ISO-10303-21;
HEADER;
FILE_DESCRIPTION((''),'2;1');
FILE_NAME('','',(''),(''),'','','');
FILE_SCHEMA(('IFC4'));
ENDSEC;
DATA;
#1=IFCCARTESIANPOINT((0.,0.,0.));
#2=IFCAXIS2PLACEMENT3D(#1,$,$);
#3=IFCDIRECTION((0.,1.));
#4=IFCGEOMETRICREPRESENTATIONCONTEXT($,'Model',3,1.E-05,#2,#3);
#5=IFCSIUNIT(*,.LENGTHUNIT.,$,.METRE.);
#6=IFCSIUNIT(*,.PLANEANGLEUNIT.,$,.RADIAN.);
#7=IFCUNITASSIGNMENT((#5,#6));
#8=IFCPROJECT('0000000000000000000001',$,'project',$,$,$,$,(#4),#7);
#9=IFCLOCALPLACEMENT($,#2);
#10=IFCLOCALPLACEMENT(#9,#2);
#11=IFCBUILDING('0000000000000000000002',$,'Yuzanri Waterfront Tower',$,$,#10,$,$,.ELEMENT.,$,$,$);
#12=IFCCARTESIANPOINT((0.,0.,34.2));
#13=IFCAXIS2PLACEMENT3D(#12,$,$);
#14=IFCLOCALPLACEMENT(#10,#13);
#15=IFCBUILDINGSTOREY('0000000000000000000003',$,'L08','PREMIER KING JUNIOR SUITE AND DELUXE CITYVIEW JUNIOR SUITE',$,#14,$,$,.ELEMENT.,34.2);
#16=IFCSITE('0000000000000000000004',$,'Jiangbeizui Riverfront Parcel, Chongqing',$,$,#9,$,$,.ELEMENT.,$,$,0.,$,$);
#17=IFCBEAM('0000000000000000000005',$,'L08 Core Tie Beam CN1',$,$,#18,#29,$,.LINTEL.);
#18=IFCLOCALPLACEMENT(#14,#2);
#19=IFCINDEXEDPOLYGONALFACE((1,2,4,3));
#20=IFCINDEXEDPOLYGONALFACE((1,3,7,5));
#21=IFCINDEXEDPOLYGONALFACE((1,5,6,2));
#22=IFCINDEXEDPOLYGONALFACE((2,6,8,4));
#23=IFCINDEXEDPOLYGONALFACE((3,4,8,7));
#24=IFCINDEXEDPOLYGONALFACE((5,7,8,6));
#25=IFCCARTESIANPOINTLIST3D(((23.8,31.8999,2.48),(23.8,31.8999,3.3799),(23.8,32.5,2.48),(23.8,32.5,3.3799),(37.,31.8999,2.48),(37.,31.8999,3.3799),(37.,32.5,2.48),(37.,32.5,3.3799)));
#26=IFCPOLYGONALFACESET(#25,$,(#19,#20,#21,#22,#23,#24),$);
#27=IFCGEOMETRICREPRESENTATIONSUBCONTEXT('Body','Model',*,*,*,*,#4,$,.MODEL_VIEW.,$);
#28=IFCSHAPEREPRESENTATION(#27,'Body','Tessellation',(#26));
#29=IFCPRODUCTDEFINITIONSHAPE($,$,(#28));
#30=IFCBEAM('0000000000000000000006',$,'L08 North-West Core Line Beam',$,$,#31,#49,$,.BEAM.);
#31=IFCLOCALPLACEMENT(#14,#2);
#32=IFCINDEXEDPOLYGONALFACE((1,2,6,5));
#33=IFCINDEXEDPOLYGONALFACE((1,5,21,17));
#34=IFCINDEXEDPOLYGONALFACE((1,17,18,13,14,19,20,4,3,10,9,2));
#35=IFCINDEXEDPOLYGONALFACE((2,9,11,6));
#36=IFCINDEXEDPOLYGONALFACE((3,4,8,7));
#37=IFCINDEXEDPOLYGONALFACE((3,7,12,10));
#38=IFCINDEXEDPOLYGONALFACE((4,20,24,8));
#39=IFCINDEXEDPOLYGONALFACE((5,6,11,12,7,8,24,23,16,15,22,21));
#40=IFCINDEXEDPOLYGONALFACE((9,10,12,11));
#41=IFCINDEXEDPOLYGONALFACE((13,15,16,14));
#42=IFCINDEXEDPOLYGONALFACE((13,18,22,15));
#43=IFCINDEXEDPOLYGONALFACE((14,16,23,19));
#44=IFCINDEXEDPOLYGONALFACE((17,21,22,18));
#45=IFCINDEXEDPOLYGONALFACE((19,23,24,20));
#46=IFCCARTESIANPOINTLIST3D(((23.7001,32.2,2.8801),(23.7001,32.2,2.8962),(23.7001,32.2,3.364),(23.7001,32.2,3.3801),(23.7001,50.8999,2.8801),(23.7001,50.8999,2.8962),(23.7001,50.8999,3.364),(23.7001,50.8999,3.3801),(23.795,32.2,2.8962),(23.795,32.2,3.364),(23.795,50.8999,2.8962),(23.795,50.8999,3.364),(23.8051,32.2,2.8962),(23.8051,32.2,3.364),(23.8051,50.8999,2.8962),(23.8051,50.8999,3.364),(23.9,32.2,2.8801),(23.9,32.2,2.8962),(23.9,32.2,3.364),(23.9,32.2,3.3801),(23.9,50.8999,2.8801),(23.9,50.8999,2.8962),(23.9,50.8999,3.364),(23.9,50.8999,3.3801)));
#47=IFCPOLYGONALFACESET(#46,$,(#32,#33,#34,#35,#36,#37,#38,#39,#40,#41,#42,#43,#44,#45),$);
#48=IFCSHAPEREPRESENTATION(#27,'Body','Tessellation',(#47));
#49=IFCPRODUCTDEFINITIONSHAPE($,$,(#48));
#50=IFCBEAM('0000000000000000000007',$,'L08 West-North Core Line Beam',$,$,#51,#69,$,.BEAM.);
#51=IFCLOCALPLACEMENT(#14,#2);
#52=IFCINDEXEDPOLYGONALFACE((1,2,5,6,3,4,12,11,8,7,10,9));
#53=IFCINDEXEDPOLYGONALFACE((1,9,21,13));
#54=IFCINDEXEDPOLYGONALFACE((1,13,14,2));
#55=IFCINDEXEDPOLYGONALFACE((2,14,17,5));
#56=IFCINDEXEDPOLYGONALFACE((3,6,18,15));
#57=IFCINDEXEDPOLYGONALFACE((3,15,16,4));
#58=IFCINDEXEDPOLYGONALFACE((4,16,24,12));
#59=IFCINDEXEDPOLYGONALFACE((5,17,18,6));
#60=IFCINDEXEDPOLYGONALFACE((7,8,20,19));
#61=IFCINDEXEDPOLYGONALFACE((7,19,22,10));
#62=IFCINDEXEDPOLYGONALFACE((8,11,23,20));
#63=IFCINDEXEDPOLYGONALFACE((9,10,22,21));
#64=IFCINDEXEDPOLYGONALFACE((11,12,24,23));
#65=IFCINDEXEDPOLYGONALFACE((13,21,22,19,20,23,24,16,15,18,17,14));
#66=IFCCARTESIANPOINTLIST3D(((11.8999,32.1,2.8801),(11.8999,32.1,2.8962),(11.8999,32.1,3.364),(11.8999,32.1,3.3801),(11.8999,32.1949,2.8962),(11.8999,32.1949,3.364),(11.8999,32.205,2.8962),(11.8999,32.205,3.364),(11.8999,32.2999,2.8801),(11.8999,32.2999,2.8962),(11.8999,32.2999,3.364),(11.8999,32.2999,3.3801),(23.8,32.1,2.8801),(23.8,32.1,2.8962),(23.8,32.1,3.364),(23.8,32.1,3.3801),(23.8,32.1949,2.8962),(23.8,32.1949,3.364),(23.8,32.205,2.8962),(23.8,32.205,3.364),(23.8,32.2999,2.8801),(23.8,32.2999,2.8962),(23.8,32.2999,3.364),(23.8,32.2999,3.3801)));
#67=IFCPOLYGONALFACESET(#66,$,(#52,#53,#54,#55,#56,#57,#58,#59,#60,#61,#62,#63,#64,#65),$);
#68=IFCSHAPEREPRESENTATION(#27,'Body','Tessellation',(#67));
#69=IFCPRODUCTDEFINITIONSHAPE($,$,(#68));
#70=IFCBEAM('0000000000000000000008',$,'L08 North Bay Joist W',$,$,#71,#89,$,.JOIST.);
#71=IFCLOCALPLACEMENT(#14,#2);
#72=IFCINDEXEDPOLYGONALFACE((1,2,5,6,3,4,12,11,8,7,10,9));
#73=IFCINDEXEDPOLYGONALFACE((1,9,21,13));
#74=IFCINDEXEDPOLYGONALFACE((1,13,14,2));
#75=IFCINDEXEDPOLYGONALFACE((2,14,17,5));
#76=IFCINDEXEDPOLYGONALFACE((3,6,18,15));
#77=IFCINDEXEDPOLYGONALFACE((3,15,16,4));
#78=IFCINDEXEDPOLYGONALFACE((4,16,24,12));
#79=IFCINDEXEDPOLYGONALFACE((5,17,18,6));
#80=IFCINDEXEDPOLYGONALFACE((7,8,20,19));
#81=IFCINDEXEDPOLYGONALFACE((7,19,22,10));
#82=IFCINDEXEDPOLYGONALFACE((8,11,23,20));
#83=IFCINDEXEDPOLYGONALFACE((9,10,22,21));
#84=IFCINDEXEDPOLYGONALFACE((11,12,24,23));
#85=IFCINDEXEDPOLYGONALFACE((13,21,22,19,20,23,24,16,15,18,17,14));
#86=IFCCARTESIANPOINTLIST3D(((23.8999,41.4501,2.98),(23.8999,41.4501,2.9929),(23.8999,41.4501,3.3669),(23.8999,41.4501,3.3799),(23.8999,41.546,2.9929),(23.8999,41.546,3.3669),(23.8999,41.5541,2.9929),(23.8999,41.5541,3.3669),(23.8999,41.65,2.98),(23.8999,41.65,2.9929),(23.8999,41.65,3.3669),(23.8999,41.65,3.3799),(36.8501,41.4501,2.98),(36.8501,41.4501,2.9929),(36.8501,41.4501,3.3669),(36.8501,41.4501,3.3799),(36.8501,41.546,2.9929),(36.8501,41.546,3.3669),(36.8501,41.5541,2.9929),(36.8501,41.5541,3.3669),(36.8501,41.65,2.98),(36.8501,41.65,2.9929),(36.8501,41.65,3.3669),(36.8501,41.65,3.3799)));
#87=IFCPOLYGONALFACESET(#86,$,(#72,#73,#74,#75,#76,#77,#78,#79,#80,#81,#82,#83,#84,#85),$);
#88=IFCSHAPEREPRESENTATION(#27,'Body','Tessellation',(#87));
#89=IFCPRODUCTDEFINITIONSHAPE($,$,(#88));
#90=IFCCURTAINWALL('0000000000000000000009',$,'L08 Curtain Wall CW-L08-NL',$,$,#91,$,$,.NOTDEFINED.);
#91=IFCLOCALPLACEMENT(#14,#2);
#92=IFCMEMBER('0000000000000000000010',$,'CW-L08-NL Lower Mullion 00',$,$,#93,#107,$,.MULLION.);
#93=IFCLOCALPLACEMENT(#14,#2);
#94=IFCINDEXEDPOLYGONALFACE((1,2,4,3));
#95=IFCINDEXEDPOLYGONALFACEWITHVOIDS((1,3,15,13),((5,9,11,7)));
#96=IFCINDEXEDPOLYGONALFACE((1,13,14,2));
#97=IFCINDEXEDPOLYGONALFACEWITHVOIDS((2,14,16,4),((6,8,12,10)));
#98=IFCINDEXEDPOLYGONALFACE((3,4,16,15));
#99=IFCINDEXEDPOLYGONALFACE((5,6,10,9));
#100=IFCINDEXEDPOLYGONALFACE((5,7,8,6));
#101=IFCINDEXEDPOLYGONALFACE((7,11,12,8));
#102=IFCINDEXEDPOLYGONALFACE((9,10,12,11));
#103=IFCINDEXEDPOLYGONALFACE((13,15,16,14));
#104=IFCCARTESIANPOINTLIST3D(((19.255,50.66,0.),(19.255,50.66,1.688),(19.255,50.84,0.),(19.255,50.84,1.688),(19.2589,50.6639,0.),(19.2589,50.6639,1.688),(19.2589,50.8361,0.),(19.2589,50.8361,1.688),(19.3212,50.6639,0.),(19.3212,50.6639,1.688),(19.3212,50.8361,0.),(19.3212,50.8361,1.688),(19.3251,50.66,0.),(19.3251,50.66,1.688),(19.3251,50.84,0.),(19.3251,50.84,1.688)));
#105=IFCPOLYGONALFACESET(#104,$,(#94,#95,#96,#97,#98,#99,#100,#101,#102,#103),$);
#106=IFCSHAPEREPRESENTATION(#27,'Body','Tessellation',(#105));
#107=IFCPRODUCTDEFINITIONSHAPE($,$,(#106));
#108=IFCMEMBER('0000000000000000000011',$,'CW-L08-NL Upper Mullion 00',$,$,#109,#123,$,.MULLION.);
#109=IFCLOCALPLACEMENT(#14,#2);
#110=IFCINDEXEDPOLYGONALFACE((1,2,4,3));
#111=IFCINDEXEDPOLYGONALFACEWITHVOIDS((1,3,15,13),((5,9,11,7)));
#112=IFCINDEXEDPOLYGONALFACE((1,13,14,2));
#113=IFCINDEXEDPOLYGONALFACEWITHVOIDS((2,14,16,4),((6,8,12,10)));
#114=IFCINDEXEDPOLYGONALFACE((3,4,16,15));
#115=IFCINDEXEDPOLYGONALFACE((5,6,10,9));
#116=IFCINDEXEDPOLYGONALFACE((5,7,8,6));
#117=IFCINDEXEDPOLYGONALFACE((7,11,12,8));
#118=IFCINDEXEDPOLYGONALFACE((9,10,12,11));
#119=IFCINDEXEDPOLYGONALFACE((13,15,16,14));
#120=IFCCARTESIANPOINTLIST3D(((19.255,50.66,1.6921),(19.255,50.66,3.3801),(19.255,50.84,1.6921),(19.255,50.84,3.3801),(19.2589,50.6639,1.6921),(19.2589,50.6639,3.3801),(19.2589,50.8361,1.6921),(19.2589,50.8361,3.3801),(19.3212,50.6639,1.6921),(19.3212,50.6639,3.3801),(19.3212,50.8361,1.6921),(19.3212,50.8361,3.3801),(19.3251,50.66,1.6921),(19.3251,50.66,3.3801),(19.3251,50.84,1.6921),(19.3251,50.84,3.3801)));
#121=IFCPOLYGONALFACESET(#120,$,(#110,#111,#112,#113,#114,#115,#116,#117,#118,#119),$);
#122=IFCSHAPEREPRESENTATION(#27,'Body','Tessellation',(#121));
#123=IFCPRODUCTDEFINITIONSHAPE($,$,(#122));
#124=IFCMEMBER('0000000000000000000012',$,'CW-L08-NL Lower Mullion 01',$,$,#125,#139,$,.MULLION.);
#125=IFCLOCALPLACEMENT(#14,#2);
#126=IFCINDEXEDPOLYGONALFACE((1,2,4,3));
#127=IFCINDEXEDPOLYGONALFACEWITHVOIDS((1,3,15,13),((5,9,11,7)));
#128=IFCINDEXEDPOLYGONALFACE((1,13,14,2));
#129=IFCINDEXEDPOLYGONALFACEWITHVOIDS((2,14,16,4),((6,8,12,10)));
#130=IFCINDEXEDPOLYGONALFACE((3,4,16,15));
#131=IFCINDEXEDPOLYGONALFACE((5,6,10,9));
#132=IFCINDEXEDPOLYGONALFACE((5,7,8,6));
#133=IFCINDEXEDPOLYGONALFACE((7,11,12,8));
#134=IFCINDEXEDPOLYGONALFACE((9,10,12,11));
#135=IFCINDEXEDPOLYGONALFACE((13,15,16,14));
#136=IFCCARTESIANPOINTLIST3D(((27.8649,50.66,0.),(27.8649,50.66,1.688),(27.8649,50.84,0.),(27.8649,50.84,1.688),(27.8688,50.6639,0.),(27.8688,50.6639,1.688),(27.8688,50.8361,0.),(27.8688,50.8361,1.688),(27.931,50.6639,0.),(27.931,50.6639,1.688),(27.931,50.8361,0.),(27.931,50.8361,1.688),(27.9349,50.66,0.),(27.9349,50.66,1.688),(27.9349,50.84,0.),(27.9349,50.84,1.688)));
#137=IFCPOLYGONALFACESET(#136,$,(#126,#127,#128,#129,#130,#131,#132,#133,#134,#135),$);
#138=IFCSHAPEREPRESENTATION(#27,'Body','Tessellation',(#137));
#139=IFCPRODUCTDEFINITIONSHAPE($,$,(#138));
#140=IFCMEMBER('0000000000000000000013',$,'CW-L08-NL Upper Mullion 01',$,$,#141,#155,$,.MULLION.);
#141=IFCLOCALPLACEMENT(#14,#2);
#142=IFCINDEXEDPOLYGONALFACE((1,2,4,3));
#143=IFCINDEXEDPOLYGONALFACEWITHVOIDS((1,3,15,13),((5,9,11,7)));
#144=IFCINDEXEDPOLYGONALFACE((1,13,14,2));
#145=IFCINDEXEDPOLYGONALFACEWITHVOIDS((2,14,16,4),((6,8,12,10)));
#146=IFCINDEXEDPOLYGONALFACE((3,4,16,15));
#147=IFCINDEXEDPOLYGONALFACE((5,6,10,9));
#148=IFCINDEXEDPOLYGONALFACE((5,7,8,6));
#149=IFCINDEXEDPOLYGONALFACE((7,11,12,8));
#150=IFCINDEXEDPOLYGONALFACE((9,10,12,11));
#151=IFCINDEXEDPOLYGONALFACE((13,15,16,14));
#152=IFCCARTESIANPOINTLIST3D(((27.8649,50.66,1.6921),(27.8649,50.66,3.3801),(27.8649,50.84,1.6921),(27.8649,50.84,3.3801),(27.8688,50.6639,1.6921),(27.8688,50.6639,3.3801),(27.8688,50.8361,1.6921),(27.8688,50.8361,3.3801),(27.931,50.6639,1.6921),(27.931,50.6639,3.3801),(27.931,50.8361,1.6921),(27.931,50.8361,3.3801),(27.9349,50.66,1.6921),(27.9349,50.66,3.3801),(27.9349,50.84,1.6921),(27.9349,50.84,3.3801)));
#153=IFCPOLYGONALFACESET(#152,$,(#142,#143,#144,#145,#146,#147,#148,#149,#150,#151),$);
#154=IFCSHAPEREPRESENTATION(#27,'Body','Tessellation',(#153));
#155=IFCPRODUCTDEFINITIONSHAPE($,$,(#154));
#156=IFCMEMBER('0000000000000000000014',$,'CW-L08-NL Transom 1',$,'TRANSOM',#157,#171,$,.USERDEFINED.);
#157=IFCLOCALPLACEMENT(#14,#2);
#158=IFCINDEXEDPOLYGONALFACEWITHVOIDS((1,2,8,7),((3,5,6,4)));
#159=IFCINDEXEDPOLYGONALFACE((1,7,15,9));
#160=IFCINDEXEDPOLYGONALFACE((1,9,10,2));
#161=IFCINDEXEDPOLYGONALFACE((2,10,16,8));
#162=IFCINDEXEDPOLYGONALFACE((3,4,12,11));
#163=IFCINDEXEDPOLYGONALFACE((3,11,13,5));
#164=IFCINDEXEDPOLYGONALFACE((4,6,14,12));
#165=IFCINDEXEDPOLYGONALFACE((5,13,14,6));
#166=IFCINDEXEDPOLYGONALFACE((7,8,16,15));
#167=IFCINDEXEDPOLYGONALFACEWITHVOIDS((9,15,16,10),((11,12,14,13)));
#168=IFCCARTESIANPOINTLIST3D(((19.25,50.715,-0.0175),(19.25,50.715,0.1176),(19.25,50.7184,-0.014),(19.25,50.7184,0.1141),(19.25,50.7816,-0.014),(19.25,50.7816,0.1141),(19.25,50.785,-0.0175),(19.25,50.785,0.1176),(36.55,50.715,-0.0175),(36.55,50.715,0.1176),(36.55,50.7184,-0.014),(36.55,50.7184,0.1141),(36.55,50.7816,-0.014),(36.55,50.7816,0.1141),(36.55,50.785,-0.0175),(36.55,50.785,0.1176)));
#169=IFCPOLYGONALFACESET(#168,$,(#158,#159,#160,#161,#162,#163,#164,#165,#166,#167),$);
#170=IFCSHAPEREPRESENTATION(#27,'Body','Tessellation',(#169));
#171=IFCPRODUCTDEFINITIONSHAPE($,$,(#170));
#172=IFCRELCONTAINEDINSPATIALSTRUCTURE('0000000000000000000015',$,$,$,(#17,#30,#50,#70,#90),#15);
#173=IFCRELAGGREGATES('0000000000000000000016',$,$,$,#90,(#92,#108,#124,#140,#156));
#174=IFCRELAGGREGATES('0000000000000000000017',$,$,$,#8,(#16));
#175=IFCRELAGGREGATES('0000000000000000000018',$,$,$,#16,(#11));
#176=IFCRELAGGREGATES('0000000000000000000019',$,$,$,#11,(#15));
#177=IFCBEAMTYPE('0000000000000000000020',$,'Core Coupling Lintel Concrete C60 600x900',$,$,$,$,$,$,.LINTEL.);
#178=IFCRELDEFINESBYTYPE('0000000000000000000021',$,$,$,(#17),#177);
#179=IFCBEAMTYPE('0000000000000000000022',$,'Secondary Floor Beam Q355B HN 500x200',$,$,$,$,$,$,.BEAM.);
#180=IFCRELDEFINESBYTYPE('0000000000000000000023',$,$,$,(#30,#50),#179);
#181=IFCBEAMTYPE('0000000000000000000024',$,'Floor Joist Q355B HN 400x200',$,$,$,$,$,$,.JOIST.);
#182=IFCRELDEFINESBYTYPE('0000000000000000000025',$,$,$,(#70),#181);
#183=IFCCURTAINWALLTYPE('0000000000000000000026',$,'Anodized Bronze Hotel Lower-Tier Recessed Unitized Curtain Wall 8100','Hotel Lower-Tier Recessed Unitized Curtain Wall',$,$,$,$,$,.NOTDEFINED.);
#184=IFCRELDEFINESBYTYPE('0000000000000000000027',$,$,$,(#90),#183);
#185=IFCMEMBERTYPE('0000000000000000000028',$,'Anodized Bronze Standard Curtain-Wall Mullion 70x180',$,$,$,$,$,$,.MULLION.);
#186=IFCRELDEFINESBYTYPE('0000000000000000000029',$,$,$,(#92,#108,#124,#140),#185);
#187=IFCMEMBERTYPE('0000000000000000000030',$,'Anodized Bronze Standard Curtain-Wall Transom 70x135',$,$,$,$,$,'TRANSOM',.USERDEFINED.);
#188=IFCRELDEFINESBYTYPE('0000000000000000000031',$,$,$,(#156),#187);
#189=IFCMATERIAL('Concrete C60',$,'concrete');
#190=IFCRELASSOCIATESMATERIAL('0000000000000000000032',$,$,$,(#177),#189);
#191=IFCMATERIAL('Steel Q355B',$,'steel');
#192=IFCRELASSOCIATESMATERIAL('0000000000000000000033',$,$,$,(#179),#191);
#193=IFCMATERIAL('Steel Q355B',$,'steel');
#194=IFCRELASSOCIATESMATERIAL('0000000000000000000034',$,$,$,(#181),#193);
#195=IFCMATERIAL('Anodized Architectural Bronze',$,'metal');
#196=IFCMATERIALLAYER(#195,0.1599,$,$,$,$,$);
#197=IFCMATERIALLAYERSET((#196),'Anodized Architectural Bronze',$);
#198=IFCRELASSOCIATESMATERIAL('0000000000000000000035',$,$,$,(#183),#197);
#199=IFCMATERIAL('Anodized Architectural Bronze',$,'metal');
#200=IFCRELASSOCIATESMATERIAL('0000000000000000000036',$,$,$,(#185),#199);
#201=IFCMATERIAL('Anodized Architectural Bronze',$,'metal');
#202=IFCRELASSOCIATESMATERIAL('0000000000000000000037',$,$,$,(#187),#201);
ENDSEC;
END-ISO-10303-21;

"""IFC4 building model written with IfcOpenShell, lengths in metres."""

from ifc_helpers import new_model, si_unit, direction, frame, origin, origin_2d, place, context, subcontext, project, spatial, rectangle, hollow_rectangle, i_section, extrude, source, transform, mapped, material, layer, layer_set, material_profile, profile_set, type_object, element, aggregate, save


model = new_model("IFC4")

# Units and contexts
model_context = context("Model", 3, precision=1e-05, world=origin(), true_north=direction((0.0, 1.0)))
body_context = subcontext(model_context, "Body", "Model", "MODEL_VIEW")
ifc_project = project(units=[si_unit("LENGTHUNIT", "METRE"), si_unit("PLANEANGLEUNIT", "RADIAN")], contexts=[model_context])

# Site, building, storey
site_placement = place(None, origin())
site = spatial("IfcSite", under=ifc_project, at=site_placement, Name="Jiangbeizui Riverfront Parcel, Chongqing", CompositionType="ELEMENT", RefElevation=0.0)
building_placement = place(site_placement, origin())
building = spatial("IfcBuilding", under=site, at=building_placement, Name="Yuzanri Waterfront Tower", CompositionType="ELEMENT")
storey_placement = place(building_placement, frame((0.0, 0.0, 34.2)))
storey = spatial("IfcBuildingStorey", under=building, at=storey_placement, Name="L08", Description="PREMIER KING JUNIOR SUITE AND DELUXE CITYVIEW JUNIOR SUITE", CompositionType="ELEMENT", Elevation=34.2)

# Beams
ifc_material_1 = material(Name="Concrete C60", Category="concrete")
ifc_material_profile_1 = material_profile(ifc_material_1, rectangle(XDim=0.6001, YDim=0.8999, at=origin_2d()), Name="RC 600x900")
ifc_profile_set_1 = profile_set([ifc_material_profile_1], Name="Concrete C60")
beam_type_1 = type_object("IfcBeamType", Name="Core Coupling Lintel Concrete C60 600x900", PredefinedType="LINTEL", material=ifc_profile_set_1)
shared_shape_1 = source(origin(), body_context, "Body", "SweptSolid", [
    extrude(rectangle(XDim=0.6001, YDim=0.8999, at=origin_2d()), origin(), (0.0, 0.0, 1.0), 13.2),
])
beam_1_placement = place(storey_placement, frame((23.8, 32.2, 2.9299), z_axis=(1.0, 0.0, 0.0), x_axis=(0.0, 1.0, 0.0)))
element("IfcBeam", 1, at=beam_1_placement, inside=storey, type_object=beam_type_1, Name="L08 Core Tie Beam CN1", PredefinedType="LINTEL", context=body_context, shape_type="MappedRepresentation", body=[
    mapped(shared_shape_1, transform((0.0, 0.0, 0.0), scale=1.0)),
])
ifc_material_2 = material(Name="Steel Q355B", Category="steel")
ifc_material_profile_2 = material_profile(ifc_material_2, i_section(OverallWidth=0.2, OverallDepth=0.5, WebThickness=0.01, FlangeThickness=0.0161, at=origin_2d()), Name="HN 500x200x10x16")
ifc_profile_set_2 = profile_set([ifc_material_profile_2], Name="Steel Q355B")
beam_type_2 = type_object("IfcBeamType", Name="Secondary Floor Beam Q355B HN 500x200", PredefinedType="BEAM", material=ifc_profile_set_2)
shared_shape_2 = source(origin(), body_context, "Body", "SweptSolid", [
    extrude(i_section(OverallWidth=0.2, OverallDepth=0.5, WebThickness=0.01, FlangeThickness=0.0161, at=origin_2d()), origin(), (0.0, 0.0, 1.0), 18.7),
])
beam_2_placement = place(storey_placement, frame((23.8, 32.2, 3.1301), z_axis=(0.0, 1.0, 0.0), x_axis=(-1.0, 0.0, 0.0)))
element("IfcBeam", 2, at=beam_2_placement, inside=storey, type_object=beam_type_2, Name="L08 North-West Core Line Beam", PredefinedType="BEAM", context=body_context, shape_type="MappedRepresentation", body=[
    mapped(shared_shape_2, transform((0.0, 0.0, 0.0), scale=1.0)),
])
shared_shape_3 = source(origin(), body_context, "Body", "SweptSolid", [
    extrude(i_section(OverallWidth=0.2, OverallDepth=0.5, WebThickness=0.01, FlangeThickness=0.0161, at=origin_2d()), origin(), (0.0, 0.0, 1.0), 11.9001),
])
beam_3_placement = place(storey_placement, frame((23.8, 32.2, 3.1301), z_axis=(-1.0, 0.0, 0.0), x_axis=(0.0, -1.0, 0.0)))
element("IfcBeam", 3, at=beam_3_placement, inside=storey, type_object=beam_type_2, Name="L08 West-North Core Line Beam", PredefinedType="BEAM", context=body_context, shape_type="MappedRepresentation", body=[
    mapped(shared_shape_3, transform((0.0, 0.0, 0.0), scale=1.0)),
])
ifc_material_3 = material(Name="Steel Q355B", Category="steel")
ifc_material_profile_3 = material_profile(ifc_material_3, i_section(OverallWidth=0.2, OverallDepth=0.3999, WebThickness=0.0081, FlangeThickness=0.0129, at=origin_2d()), Name="HN 400x200x8x13")
ifc_profile_set_3 = profile_set([ifc_material_profile_3], Name="Steel Q355B")
beam_type_3 = type_object("IfcBeamType", Name="Floor Joist Q355B HN 400x200", PredefinedType="JOIST", material=ifc_profile_set_3)
shared_shape_4 = source(origin(), body_context, "Body", "SweptSolid", [
    extrude(i_section(OverallWidth=0.2, OverallDepth=0.3999, WebThickness=0.0081, FlangeThickness=0.0129, at=origin_2d()), origin(), (0.0, 0.0, 1.0), 12.9502),
])
beam_4_placement = place(storey_placement, frame((23.8999, 41.55, 3.1799), z_axis=(1.0, 0.0, 0.0), x_axis=(0.0, 1.0, 0.0)))
element("IfcBeam", 4, at=beam_4_placement, inside=storey, type_object=beam_type_3, Name="L08 North Bay Joist W", PredefinedType="JOIST", context=body_context, shape_type="MappedRepresentation", body=[
    mapped(shared_shape_4, transform((0.0, 0.0, 0.0), scale=1.0)),
])

# Curtain wall, members
ifc_material_4 = material(Name="Anodized Architectural Bronze", Category="metal")
ifc_layer_1 = layer(ifc_material_4, 0.1599)
ifc_layer_set_1 = layer_set([ifc_layer_1], Name="Anodized Architectural Bronze")
curtain_wall_type = type_object("IfcCurtainWallType", Name="Anodized Bronze Hotel Lower-Tier Recessed Unitized Curtain Wall 8100", Description="Hotel Lower-Tier Recessed Unitized Curtain Wall", PredefinedType="NOTDEFINED", material=ifc_layer_set_1)
curtain_wall_placement = place(storey_placement, origin())
curtain_wall = element("IfcCurtainWall", 5, at=curtain_wall_placement, inside=storey, type_object=curtain_wall_type, Name="L08 Curtain Wall CW-L08-NL", PredefinedType="NOTDEFINED")
ifc_material_5 = material(Name="Anodized Architectural Bronze", Category="metal")
ifc_material_profile_4 = material_profile(ifc_material_5, hollow_rectangle(XDim=0.0701, YDim=0.1799, WallThickness=0.0039, at=origin_2d()), Name="CWM 70x180")
ifc_profile_set_4 = profile_set([ifc_material_profile_4], Name="Anodized Architectural Bronze")
member_type_1 = type_object("IfcMemberType", Name="Anodized Bronze Standard Curtain-Wall Mullion 70x180", PredefinedType="MULLION", material=ifc_profile_set_4)
shared_shape_5 = source(origin(), body_context, "Body", "SweptSolid", [
    extrude(hollow_rectangle(XDim=0.0701, YDim=0.1799, WallThickness=0.0039, at=origin_2d()), origin(), (0.0, 0.0, 1.0), 1.688),
])
member_1_placement = place(storey_placement, frame((19.29, 50.75, 0.0), z_axis=(0.0, 0.0, 1.0), x_axis=(1.0, 0.0, 0.0)))
member_1 = element("IfcMember", 6, at=member_1_placement, type_object=member_type_1, Name="CW-L08-NL Lower Mullion 00", PredefinedType="MULLION", context=body_context, shape_type="MappedRepresentation", body=[
    mapped(shared_shape_5, transform((0.0, 0.0, 0.0), scale=1.0)),
])
member_2_placement = place(storey_placement, frame((19.29, 50.75, 1.6921), z_axis=(0.0, 0.0, 1.0), x_axis=(1.0, 0.0, 0.0)))
member_2 = element("IfcMember", 7, at=member_2_placement, type_object=member_type_1, Name="CW-L08-NL Upper Mullion 00", PredefinedType="MULLION", context=body_context, shape_type="MappedRepresentation", body=[
    mapped(shared_shape_5, transform((0.0, 0.0, 0.0), scale=1.0)),
])
member_3_placement = place(storey_placement, frame((27.8999, 50.75, 0.0), z_axis=(0.0, 0.0, 1.0), x_axis=(1.0, 0.0, 0.0)))
member_3 = element("IfcMember", 8, at=member_3_placement, type_object=member_type_1, Name="CW-L08-NL Lower Mullion 01", PredefinedType="MULLION", context=body_context, shape_type="MappedRepresentation", body=[
    mapped(shared_shape_5, transform((0.0, 0.0, 0.0), scale=1.0)),
])
member_4_placement = place(storey_placement, frame((27.8999, 50.75, 1.6921), z_axis=(0.0, 0.0, 1.0), x_axis=(1.0, 0.0, 0.0)))
member_4 = element("IfcMember", 9, at=member_4_placement, type_object=member_type_1, Name="CW-L08-NL Upper Mullion 01", PredefinedType="MULLION", context=body_context, shape_type="MappedRepresentation", body=[
    mapped(shared_shape_5, transform((0.0, 0.0, 0.0), scale=1.0)),
])
ifc_material_6 = material(Name="Anodized Architectural Bronze", Category="metal")
ifc_material_profile_5 = material_profile(ifc_material_6, hollow_rectangle(XDim=0.0701, YDim=0.135, WallThickness=0.0034, at=origin_2d()), Name="CWT 70x135")
ifc_profile_set_5 = profile_set([ifc_material_profile_5], Name="Anodized Architectural Bronze")
member_type_2 = type_object("IfcMemberType", Name="Anodized Bronze Standard Curtain-Wall Transom 70x135", ElementType="TRANSOM", PredefinedType="USERDEFINED", material=ifc_profile_set_5)
shared_shape_6 = source(origin(), body_context, "Body", "SweptSolid", [
    extrude(hollow_rectangle(XDim=0.0701, YDim=0.135, WallThickness=0.0034, at=origin_2d()), origin(), (0.0, 0.0, 1.0), 17.3),
])
member_5_placement = place(storey_placement, frame((19.25, 50.75, 0.05), z_axis=(1.0, 0.0, 0.0), x_axis=(0.0, 1.0, 0.0)))
member_5 = element("IfcMember", 10, at=member_5_placement, type_object=member_type_2, Name="CW-L08-NL Transom 1", ObjectType="TRANSOM", PredefinedType="USERDEFINED", context=body_context, shape_type="MappedRepresentation", body=[
    mapped(shared_shape_6, transform((0.0, 0.0, 0.0), scale=1.0)),
])
aggregate(curtain_wall, [member_1, member_2, member_3, member_4, member_5])

save(model, "model.ifc")
